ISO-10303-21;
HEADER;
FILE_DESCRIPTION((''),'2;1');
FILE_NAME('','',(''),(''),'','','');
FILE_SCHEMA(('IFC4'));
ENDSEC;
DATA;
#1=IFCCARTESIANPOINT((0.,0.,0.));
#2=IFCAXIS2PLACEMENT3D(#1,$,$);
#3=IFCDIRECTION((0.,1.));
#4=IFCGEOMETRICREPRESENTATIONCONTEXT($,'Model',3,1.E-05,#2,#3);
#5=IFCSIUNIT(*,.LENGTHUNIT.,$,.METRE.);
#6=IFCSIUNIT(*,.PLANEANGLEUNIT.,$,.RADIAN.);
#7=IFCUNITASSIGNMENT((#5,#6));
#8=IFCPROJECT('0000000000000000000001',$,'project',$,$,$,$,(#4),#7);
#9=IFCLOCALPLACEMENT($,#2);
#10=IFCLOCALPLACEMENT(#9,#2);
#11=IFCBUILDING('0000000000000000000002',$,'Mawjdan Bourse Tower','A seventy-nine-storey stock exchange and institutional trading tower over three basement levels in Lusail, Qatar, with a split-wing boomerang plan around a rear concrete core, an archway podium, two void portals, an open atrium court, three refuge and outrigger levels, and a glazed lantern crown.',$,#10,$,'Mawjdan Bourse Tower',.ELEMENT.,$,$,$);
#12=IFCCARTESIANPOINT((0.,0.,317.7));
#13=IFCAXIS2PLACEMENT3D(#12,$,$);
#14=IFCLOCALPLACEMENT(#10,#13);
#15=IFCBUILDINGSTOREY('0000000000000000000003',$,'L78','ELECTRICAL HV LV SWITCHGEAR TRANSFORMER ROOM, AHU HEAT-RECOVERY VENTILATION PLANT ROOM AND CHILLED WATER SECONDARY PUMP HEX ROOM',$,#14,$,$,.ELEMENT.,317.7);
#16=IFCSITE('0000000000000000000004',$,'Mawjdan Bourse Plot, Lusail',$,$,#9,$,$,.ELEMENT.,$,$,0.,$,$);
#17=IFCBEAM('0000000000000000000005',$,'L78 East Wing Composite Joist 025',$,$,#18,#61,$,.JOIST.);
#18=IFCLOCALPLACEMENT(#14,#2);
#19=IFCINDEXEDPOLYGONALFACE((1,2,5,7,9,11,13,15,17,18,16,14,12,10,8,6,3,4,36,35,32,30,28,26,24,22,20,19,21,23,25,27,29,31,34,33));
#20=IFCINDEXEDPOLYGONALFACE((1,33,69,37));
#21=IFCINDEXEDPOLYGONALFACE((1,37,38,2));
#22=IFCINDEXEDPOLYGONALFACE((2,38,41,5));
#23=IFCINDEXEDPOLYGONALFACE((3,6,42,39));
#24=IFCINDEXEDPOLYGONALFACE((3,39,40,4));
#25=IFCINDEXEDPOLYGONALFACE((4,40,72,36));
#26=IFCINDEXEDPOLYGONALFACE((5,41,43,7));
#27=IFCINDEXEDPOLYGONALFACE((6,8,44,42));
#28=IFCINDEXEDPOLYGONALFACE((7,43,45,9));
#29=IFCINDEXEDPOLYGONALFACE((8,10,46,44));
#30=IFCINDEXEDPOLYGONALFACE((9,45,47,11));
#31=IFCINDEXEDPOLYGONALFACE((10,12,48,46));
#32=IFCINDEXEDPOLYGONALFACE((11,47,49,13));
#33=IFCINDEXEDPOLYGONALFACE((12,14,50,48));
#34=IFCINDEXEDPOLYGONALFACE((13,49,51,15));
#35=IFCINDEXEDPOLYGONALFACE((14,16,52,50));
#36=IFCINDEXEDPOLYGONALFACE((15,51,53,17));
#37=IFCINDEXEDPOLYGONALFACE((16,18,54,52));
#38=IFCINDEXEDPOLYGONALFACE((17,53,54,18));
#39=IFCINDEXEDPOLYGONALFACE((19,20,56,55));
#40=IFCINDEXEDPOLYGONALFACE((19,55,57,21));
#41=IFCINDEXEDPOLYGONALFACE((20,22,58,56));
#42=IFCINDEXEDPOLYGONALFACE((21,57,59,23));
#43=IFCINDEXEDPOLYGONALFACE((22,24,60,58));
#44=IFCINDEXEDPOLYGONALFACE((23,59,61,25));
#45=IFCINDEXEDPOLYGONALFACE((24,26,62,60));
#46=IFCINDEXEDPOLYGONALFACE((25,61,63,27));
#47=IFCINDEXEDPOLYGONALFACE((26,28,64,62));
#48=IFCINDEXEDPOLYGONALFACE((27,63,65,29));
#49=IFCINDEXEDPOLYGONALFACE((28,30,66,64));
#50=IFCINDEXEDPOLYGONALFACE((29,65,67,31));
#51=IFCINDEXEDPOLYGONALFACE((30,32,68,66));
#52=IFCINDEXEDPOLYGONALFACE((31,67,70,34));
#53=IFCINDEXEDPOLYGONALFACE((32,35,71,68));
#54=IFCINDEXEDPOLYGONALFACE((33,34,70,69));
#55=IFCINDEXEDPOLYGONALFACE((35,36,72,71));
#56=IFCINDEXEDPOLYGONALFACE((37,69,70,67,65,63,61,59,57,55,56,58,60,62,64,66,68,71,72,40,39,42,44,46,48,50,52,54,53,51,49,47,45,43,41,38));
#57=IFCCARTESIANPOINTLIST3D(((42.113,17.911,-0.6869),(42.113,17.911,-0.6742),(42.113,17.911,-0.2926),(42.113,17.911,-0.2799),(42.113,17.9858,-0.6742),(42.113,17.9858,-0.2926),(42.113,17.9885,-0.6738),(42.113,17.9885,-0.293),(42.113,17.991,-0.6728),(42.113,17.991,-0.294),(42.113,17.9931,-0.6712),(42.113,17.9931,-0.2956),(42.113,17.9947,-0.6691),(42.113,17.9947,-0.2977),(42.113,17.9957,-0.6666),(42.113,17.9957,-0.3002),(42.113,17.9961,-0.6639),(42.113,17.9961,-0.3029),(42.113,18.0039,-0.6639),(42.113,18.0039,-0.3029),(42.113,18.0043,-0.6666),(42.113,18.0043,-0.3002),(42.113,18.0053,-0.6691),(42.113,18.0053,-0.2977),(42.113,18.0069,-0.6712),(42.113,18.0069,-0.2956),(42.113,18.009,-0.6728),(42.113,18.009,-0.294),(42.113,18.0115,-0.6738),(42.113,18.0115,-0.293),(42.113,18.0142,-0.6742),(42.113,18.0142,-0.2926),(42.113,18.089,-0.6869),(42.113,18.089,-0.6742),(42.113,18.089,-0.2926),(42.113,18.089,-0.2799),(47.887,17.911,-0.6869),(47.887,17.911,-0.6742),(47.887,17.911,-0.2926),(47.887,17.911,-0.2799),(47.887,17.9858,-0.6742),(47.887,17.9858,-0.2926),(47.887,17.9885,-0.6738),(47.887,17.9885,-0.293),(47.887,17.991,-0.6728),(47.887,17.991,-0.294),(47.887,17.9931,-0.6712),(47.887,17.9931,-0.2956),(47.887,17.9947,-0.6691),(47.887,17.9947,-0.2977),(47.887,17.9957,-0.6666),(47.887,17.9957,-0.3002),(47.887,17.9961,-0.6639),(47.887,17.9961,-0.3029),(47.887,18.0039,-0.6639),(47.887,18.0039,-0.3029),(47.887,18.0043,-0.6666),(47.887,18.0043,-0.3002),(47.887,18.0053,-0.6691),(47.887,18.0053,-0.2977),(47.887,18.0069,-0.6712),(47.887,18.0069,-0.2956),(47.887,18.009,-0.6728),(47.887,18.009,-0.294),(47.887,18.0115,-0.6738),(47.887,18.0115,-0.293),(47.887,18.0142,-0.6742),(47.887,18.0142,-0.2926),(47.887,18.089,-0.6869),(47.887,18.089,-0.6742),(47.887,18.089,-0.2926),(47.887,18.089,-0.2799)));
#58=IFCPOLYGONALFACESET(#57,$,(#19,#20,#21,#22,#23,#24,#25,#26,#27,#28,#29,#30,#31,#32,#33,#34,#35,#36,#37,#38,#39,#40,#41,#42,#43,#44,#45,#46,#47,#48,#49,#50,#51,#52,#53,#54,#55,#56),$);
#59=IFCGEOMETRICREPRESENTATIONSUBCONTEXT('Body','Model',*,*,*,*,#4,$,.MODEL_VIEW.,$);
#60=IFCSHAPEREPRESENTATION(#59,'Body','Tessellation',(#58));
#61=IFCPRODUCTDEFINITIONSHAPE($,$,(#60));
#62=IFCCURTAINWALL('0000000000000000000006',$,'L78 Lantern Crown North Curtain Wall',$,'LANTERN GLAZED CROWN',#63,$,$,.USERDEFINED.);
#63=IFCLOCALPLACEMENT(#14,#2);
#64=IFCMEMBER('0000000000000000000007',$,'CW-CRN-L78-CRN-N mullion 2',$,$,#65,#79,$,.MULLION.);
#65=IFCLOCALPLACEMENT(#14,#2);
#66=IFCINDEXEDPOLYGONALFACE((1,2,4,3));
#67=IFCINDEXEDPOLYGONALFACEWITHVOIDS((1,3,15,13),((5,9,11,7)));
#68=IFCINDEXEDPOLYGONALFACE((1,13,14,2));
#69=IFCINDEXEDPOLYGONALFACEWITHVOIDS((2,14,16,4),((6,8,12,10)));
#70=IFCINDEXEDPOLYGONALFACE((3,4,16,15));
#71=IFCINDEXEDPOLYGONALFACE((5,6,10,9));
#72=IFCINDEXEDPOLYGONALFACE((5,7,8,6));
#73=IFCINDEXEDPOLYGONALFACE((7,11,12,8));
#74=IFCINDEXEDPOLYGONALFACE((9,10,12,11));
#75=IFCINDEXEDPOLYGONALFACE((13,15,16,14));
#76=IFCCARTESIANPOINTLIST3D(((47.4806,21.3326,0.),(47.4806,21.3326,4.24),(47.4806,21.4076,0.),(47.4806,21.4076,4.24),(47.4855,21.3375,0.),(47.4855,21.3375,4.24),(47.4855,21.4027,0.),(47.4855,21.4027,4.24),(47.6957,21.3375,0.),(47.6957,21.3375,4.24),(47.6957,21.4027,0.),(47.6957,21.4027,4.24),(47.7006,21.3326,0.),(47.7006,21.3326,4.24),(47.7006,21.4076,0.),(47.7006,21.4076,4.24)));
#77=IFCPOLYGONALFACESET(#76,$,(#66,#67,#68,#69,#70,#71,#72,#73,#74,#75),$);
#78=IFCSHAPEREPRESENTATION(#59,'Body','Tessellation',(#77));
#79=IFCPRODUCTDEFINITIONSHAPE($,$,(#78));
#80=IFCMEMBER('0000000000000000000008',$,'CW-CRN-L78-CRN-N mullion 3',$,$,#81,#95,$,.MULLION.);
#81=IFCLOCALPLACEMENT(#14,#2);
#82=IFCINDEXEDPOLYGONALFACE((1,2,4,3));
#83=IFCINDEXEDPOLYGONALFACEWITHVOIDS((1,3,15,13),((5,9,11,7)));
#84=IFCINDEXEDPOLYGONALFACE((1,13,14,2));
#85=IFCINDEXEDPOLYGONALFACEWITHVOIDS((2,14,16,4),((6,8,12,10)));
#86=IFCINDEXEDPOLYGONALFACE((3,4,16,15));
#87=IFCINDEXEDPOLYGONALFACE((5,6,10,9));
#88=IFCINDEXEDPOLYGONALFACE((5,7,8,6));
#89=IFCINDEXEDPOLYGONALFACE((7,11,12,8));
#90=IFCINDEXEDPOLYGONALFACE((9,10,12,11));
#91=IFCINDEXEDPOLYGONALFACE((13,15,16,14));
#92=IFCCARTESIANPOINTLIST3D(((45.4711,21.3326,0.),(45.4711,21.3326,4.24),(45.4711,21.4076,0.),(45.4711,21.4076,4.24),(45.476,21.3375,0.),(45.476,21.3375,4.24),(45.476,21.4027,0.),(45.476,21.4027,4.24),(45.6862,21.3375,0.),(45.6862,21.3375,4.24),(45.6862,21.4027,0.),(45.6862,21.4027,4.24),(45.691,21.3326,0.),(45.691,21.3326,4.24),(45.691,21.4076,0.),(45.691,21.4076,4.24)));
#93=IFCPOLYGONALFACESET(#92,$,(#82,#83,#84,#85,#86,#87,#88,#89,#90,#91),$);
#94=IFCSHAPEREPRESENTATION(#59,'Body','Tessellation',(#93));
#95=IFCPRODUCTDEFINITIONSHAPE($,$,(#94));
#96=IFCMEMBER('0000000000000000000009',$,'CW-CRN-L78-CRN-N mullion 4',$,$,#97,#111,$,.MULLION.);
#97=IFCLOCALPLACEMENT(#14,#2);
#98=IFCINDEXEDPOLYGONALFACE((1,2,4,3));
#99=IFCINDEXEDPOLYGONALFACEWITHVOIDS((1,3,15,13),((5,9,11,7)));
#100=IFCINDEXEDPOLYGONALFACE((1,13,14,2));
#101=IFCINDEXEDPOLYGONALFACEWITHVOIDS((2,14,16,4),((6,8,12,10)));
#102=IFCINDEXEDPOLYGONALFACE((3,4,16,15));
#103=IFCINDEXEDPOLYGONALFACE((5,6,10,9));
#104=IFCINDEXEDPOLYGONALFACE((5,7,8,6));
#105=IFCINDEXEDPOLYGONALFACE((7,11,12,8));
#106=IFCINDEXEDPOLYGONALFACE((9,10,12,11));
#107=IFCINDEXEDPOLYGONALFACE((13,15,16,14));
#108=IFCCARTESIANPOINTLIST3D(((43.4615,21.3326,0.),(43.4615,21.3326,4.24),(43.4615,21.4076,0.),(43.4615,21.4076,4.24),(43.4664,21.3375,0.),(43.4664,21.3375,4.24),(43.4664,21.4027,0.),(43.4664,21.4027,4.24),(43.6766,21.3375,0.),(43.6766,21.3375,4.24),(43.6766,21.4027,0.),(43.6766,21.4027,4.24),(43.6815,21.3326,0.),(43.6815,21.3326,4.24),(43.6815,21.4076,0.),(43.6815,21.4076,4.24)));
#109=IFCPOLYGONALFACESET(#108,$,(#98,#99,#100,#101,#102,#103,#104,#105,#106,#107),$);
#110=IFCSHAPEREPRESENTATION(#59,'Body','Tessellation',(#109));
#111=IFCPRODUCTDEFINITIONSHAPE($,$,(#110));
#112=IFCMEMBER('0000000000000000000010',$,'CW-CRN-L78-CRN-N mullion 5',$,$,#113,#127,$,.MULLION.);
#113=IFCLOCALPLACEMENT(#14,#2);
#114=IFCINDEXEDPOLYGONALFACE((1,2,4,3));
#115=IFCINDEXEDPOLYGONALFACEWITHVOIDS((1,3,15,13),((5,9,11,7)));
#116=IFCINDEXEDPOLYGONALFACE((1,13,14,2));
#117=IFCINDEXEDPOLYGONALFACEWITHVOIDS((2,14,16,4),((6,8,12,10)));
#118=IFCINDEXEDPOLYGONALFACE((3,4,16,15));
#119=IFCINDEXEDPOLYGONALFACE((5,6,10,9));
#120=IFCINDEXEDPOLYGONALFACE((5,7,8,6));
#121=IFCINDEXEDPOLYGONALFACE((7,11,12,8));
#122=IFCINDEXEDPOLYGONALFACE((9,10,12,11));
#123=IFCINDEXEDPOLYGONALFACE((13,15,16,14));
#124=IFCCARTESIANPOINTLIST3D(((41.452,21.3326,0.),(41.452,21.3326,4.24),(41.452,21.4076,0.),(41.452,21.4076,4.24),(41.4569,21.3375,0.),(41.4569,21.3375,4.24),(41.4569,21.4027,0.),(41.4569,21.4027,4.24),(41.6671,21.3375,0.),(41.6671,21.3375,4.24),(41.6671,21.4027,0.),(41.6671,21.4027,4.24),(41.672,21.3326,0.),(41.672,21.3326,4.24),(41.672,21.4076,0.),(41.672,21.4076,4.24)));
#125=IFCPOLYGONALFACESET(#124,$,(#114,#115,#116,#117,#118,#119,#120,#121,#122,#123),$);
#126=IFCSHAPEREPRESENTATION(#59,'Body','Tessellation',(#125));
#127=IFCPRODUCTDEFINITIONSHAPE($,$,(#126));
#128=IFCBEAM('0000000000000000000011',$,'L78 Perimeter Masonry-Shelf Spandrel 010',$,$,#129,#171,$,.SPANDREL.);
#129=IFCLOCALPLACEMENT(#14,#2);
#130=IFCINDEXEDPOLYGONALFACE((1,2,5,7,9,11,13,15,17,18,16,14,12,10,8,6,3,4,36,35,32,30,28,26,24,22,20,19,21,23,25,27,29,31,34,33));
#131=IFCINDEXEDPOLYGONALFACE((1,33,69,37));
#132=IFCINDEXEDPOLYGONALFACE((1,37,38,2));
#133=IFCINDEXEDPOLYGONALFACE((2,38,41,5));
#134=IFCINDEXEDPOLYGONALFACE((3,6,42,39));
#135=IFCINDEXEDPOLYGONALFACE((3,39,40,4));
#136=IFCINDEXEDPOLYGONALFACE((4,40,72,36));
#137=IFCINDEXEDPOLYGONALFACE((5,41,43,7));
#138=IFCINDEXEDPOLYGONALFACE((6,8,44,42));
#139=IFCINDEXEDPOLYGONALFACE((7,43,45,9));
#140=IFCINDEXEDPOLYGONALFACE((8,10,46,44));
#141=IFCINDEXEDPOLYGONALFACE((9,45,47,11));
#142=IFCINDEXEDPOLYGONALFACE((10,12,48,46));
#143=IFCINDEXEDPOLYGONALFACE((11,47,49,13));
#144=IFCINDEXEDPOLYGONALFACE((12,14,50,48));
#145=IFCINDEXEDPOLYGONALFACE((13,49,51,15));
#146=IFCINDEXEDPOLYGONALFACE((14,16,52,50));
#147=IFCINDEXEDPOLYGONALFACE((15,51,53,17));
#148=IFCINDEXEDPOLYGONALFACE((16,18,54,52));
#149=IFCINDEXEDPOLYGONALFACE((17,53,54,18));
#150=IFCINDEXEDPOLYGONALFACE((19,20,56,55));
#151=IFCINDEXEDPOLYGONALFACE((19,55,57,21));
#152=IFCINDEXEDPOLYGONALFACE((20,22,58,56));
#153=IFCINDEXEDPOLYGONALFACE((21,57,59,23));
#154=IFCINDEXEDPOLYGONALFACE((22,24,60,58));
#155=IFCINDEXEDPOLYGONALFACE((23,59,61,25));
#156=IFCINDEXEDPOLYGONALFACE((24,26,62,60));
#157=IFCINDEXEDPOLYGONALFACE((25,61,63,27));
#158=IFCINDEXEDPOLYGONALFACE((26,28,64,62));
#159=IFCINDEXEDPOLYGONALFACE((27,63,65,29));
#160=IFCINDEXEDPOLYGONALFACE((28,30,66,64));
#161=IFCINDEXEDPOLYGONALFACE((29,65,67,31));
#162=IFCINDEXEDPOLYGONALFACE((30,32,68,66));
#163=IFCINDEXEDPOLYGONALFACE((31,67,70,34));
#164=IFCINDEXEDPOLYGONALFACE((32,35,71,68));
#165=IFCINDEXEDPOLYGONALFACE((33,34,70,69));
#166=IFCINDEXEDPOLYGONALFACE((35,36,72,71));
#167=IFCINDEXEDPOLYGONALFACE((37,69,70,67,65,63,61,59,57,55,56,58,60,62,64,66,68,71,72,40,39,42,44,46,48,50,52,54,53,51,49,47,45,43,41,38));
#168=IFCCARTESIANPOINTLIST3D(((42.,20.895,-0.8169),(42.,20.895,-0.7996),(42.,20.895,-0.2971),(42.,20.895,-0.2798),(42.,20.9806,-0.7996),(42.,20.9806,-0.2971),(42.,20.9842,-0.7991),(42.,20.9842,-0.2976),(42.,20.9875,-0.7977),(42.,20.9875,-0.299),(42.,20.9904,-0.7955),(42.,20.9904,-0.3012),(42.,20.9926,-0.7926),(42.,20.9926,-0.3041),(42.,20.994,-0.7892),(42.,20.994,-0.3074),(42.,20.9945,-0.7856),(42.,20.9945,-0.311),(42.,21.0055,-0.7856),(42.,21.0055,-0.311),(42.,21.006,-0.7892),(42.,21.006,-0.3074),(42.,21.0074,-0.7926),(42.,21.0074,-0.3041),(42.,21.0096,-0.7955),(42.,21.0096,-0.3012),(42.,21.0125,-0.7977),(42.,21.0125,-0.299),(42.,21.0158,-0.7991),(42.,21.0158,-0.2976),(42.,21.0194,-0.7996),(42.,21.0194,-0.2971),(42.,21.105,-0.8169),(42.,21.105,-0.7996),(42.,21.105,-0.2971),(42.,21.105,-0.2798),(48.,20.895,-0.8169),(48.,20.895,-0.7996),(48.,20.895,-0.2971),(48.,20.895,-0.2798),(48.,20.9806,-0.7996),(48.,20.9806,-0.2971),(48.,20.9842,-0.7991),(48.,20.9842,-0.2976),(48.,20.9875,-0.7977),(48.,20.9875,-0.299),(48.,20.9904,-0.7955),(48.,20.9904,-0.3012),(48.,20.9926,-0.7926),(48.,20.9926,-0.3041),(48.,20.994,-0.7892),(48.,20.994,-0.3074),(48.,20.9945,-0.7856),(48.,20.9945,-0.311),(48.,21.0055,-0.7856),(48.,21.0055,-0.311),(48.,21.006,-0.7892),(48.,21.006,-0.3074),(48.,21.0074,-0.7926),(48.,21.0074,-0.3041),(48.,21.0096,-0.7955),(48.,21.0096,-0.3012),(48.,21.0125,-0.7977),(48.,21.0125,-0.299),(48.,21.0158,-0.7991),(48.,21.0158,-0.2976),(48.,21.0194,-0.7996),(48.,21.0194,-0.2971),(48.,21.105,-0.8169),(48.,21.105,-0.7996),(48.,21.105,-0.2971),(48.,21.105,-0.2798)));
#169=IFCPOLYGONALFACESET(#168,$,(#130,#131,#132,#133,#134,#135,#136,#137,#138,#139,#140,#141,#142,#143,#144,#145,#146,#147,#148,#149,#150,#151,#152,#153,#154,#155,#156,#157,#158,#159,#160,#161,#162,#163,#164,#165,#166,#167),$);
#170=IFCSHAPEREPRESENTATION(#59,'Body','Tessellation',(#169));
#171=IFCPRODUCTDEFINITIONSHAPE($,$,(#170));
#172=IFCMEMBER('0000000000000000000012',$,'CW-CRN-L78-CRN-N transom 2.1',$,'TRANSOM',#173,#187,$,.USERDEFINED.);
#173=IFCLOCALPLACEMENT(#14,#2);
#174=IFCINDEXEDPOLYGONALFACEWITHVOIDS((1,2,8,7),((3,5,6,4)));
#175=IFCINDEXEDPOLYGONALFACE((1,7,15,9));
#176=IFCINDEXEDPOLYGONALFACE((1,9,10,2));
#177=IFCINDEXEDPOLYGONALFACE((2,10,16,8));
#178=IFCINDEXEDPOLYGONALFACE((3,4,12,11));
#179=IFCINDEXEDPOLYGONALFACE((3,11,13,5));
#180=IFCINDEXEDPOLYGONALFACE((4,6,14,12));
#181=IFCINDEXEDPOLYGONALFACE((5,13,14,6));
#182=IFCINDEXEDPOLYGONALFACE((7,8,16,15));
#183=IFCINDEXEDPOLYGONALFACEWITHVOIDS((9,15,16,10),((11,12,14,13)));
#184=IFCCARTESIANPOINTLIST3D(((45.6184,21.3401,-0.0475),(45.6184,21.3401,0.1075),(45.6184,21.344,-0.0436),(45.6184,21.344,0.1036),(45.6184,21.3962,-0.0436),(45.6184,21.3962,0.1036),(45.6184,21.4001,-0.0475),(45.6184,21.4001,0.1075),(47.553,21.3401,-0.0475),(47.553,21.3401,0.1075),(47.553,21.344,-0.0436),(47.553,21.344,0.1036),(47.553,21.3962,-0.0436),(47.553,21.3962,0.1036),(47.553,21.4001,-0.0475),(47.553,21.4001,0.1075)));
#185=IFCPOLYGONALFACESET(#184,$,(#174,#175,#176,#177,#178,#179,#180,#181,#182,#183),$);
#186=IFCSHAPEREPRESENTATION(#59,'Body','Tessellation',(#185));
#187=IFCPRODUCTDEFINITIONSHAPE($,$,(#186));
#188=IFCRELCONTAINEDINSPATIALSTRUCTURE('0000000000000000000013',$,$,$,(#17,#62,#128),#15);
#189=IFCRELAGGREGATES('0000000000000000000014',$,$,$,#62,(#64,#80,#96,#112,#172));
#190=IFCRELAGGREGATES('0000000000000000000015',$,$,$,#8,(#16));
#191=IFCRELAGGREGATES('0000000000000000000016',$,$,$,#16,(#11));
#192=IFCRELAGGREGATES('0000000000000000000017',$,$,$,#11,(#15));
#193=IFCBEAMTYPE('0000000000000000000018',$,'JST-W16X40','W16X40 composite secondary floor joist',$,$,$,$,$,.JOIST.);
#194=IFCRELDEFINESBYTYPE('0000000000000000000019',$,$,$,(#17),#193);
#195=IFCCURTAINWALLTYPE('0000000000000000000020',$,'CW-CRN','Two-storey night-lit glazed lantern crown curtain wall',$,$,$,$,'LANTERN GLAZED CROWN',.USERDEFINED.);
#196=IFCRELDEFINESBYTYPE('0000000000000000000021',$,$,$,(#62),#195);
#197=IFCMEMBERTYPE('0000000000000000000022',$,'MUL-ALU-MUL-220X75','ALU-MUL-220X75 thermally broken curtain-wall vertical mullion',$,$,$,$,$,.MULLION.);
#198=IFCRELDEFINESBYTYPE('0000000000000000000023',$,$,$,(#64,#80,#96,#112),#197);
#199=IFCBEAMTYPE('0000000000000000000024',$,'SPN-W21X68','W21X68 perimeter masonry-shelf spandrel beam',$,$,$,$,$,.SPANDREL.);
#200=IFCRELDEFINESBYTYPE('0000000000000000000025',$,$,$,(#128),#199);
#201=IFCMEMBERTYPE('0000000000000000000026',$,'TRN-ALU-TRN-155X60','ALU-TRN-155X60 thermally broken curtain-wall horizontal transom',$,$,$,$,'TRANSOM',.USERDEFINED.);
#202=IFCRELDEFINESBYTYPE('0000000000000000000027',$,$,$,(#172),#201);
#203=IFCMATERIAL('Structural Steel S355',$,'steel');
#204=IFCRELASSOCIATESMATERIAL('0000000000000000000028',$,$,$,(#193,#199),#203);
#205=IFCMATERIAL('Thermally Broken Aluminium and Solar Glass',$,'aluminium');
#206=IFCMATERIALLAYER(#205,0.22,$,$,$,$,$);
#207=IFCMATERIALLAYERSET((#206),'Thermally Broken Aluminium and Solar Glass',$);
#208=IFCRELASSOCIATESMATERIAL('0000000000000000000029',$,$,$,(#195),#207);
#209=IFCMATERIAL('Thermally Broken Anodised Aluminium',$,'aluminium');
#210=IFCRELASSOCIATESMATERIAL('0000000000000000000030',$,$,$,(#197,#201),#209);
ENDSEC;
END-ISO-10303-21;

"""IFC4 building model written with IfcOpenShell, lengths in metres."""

from ifc_helpers import new_model, si_unit, direction, frame, origin, origin_2d, place, context, subcontext, project, spatial, hollow_rectangle, i_section, extrude, material, layer, layer_set, material_profile, profile_set, type_object, element, aggregate, save


model = new_model("IFC4")

# Units and contexts
model_context = context("Model", 3, precision=1e-05, world=origin(), true_north=direction((0.0, 1.0)))
body_context = subcontext(model_context, "Body", "Model", "MODEL_VIEW")
ifc_project = project(units=[si_unit("LENGTHUNIT", "METRE"), si_unit("PLANEANGLEUNIT", "RADIAN")], contexts=[model_context])

# Site, building, storey
site_placement = place(None, origin())
site = spatial("IfcSite", under=ifc_project, at=site_placement, Name="Mawjdan Bourse Plot, Lusail", CompositionType="ELEMENT", RefElevation=0.0)
building_placement = place(site_placement, origin())
building = spatial("IfcBuilding", under=site, at=building_placement, Name="Mawjdan Bourse Tower", Description="A seventy-nine-storey stock exchange and institutional trading tower over three basement levels in Lusail, Qatar, with a split-wing boomerang plan around a rear concrete core, an archway podium, two void portals, an open atrium court, three refuge and outrigger levels, and a glazed lantern crown.", LongName="Mawjdan Bourse Tower", CompositionType="ELEMENT")
storey_placement = place(building_placement, frame((0.0, 0.0, 317.7)))
storey = spatial("IfcBuildingStorey", under=building, at=storey_placement, Name="L78", Description="ELECTRICAL HV LV SWITCHGEAR TRANSFORMER ROOM, AHU HEAT-RECOVERY VENTILATION PLANT ROOM AND CHILLED WATER SECONDARY PUMP HEX ROOM", CompositionType="ELEMENT", Elevation=317.7)

# Shared definitions
ifc_material_1 = material(Name="Structural Steel S355", Category="steel")

# Beam
ifc_material_profile_1 = material_profile(ifc_material_1, i_section(OverallWidth=0.178, OverallDepth=0.407, WebThickness=0.0078, FlangeThickness=0.0127, FilletRadius=0.0103, at=origin_2d()), Name="W16X40")
ifc_profile_set_1 = profile_set([ifc_material_profile_1], Name="Structural Steel S355")
beam_type_1 = type_object("IfcBeamType", Name="JST-W16X40", Description="W16X40 composite secondary floor joist", PredefinedType="JOIST", material=ifc_profile_set_1)
for number, where, z_axis, x_axis, name in (
    (1, (42.113, 18.0, -0.4834), (1.0, 0.0, 0.0), (0.0, 1.0, 0.0), "L78 East Wing Composite Joist 025"),
):
    element("IfcBeam", number, at=place(storey_placement, frame(where, z_axis=z_axis, x_axis=x_axis)), inside=storey, type_object=beam_type_1, Name=name, PredefinedType="JOIST", context=body_context, shape_type="SweptSolid", body=[
        extrude(i_section(OverallWidth=0.178, OverallDepth=0.407, WebThickness=0.0078, FlangeThickness=0.0127, FilletRadius=0.0103, at=origin_2d()), origin(), (0.0, 0.0, 1.0), 5.7739),
    ])

# Curtain wall, members
ifc_material_2 = material(Name="Thermally Broken Aluminium and Solar Glass", Category="aluminium")
ifc_layer_1 = layer(ifc_material_2, 0.22)
ifc_layer_set_1 = layer_set([ifc_layer_1], Name="Thermally Broken Aluminium and Solar Glass")
curtain_wall_type = type_object("IfcCurtainWallType", Name="CW-CRN", Description="Two-storey night-lit glazed lantern crown curtain wall", ElementType="LANTERN GLAZED CROWN", PredefinedType="USERDEFINED", material=ifc_layer_set_1)
curtain_wall_placement = place(storey_placement, origin())
curtain_wall = element("IfcCurtainWall", 2, at=curtain_wall_placement, inside=storey, type_object=curtain_wall_type, Name="L78 Lantern Crown North Curtain Wall", ObjectType="LANTERN GLAZED CROWN", PredefinedType="USERDEFINED")
ifc_material_3 = material(Name="Thermally Broken Anodised Aluminium", Category="aluminium")
ifc_material_profile_2 = material_profile(ifc_material_3, hollow_rectangle(XDim=0.075, YDim=0.22, WallThickness=0.0049, at=origin_2d()), Name="ALU-MUL-220X75")
ifc_profile_set_2 = profile_set([ifc_material_profile_2], Name="Thermally Broken Anodised Aluminium")
member_type_1 = type_object("IfcMemberType", Name="MUL-ALU-MUL-220X75", Description="ALU-MUL-220X75 thermally broken curtain-wall vertical mullion", PredefinedType="MULLION", material=ifc_profile_set_2)
member_1_placement = place(storey_placement, frame((47.5906, 21.3701, 0.0), z_axis=(0.0, 0.0, 1.0), x_axis=(0.0, -1.0, 0.0)))
member_1 = element("IfcMember", 3, at=member_1_placement, type_object=member_type_1, Name="CW-CRN-L78-CRN-N mullion 2", PredefinedType="MULLION", context=body_context, shape_type="SweptSolid", body=[
    extrude(hollow_rectangle(XDim=0.075, YDim=0.22, WallThickness=0.0049, at=origin_2d()), origin(), (0.0, 0.0, 1.0), 4.24),
])
member_2_placement = place(storey_placement, frame((45.5811, 21.3701, 0.0), z_axis=(0.0, 0.0, 1.0), x_axis=(0.0, -1.0, 0.0)))
member_2 = element("IfcMember", 4, at=member_2_placement, type_object=member_type_1, Name="CW-CRN-L78-CRN-N mullion 3", PredefinedType="MULLION", context=body_context, shape_type="SweptSolid", body=[
    extrude(hollow_rectangle(XDim=0.075, YDim=0.22, WallThickness=0.0049, at=origin_2d()), origin(), (0.0, 0.0, 1.0), 4.24),
])
member_3_placement = place(storey_placement, frame((43.5715, 21.3701, 0.0), z_axis=(0.0, 0.0, 1.0), x_axis=(0.0, -1.0, 0.0)))
member_3 = element("IfcMember", 5, at=member_3_placement, type_object=member_type_1, Name="CW-CRN-L78-CRN-N mullion 4", PredefinedType="MULLION", context=body_context, shape_type="SweptSolid", body=[
    extrude(hollow_rectangle(XDim=0.075, YDim=0.22, WallThickness=0.0049, at=origin_2d()), origin(), (0.0, 0.0, 1.0), 4.24),
])
member_4_placement = place(storey_placement, frame((41.562, 21.3701, 0.0), z_axis=(0.0, 0.0, 1.0), x_axis=(0.0, -1.0, 0.0)))
member_4 = element("IfcMember", 6, at=member_4_placement, type_object=member_type_1, Name="CW-CRN-L78-CRN-N mullion 5", PredefinedType="MULLION", context=body_context, shape_type="SweptSolid", body=[
    extrude(hollow_rectangle(XDim=0.075, YDim=0.22, WallThickness=0.0049, at=origin_2d()), origin(), (0.0, 0.0, 1.0), 4.24),
])

# Beam
ifc_material_profile_3 = material_profile(ifc_material_1, i_section(OverallWidth=0.21, OverallDepth=0.5371, WebThickness=0.011, FlangeThickness=0.0173, FilletRadius=0.0139, at=origin_2d()), Name="W21X68")
ifc_profile_set_3 = profile_set([ifc_material_profile_3], Name="Structural Steel S355")
beam_type_2 = type_object("IfcBeamType", Name="SPN-W21X68", Description="W21X68 perimeter masonry-shelf spandrel beam", PredefinedType="SPANDREL", material=ifc_profile_set_3)
beam_placement = place(storey_placement, frame((42.0, 21.0, -0.5483), z_axis=(1.0, 0.0, 0.0), x_axis=(0.0, 1.0, 0.0)))
element("IfcBeam", 7, at=beam_placement, inside=storey, type_object=beam_type_2, Name="L78 Perimeter Masonry-Shelf Spandrel 010", PredefinedType="SPANDREL", context=body_context, shape_type="SweptSolid", body=[
    extrude(i_section(OverallWidth=0.21, OverallDepth=0.5371, WebThickness=0.011, FlangeThickness=0.0173, FilletRadius=0.0139, at=origin_2d()), origin(), (0.0, 0.0, 1.0), 6.0),
])

# Member
ifc_material_profile_4 = material_profile(ifc_material_3, hollow_rectangle(XDim=0.0601, YDim=0.155, WallThickness=0.0039, at=origin_2d()), Name="ALU-TRN-155X60")
ifc_profile_set_4 = profile_set([ifc_material_profile_4], Name="Thermally Broken Anodised Aluminium")
member_type_2 = type_object("IfcMemberType", Name="TRN-ALU-TRN-155X60", Description="ALU-TRN-155X60 thermally broken curtain-wall horizontal transom", ElementType="TRANSOM", PredefinedType="USERDEFINED", material=ifc_profile_set_4)
member_5_placement = place(storey_placement, frame((47.553, 21.3701, 0.03), z_axis=(-1.0, 0.0, 0.0), x_axis=(0.0, -1.0, 0.0)))
member_5 = element("IfcMember", 8, at=member_5_placement, type_object=member_type_2, Name="CW-CRN-L78-CRN-N transom 2.1", ObjectType="TRANSOM", PredefinedType="USERDEFINED", context=body_context, shape_type="SweptSolid", body=[
    extrude(hollow_rectangle(XDim=0.0601, YDim=0.155, WallThickness=0.0039, at=origin_2d()), origin(), (0.0, 0.0, 1.0), 1.9346),
])

aggregate(curtain_wall, [member_1, member_2, member_3, member_4, member_5])

save(model, "model.ifc")
